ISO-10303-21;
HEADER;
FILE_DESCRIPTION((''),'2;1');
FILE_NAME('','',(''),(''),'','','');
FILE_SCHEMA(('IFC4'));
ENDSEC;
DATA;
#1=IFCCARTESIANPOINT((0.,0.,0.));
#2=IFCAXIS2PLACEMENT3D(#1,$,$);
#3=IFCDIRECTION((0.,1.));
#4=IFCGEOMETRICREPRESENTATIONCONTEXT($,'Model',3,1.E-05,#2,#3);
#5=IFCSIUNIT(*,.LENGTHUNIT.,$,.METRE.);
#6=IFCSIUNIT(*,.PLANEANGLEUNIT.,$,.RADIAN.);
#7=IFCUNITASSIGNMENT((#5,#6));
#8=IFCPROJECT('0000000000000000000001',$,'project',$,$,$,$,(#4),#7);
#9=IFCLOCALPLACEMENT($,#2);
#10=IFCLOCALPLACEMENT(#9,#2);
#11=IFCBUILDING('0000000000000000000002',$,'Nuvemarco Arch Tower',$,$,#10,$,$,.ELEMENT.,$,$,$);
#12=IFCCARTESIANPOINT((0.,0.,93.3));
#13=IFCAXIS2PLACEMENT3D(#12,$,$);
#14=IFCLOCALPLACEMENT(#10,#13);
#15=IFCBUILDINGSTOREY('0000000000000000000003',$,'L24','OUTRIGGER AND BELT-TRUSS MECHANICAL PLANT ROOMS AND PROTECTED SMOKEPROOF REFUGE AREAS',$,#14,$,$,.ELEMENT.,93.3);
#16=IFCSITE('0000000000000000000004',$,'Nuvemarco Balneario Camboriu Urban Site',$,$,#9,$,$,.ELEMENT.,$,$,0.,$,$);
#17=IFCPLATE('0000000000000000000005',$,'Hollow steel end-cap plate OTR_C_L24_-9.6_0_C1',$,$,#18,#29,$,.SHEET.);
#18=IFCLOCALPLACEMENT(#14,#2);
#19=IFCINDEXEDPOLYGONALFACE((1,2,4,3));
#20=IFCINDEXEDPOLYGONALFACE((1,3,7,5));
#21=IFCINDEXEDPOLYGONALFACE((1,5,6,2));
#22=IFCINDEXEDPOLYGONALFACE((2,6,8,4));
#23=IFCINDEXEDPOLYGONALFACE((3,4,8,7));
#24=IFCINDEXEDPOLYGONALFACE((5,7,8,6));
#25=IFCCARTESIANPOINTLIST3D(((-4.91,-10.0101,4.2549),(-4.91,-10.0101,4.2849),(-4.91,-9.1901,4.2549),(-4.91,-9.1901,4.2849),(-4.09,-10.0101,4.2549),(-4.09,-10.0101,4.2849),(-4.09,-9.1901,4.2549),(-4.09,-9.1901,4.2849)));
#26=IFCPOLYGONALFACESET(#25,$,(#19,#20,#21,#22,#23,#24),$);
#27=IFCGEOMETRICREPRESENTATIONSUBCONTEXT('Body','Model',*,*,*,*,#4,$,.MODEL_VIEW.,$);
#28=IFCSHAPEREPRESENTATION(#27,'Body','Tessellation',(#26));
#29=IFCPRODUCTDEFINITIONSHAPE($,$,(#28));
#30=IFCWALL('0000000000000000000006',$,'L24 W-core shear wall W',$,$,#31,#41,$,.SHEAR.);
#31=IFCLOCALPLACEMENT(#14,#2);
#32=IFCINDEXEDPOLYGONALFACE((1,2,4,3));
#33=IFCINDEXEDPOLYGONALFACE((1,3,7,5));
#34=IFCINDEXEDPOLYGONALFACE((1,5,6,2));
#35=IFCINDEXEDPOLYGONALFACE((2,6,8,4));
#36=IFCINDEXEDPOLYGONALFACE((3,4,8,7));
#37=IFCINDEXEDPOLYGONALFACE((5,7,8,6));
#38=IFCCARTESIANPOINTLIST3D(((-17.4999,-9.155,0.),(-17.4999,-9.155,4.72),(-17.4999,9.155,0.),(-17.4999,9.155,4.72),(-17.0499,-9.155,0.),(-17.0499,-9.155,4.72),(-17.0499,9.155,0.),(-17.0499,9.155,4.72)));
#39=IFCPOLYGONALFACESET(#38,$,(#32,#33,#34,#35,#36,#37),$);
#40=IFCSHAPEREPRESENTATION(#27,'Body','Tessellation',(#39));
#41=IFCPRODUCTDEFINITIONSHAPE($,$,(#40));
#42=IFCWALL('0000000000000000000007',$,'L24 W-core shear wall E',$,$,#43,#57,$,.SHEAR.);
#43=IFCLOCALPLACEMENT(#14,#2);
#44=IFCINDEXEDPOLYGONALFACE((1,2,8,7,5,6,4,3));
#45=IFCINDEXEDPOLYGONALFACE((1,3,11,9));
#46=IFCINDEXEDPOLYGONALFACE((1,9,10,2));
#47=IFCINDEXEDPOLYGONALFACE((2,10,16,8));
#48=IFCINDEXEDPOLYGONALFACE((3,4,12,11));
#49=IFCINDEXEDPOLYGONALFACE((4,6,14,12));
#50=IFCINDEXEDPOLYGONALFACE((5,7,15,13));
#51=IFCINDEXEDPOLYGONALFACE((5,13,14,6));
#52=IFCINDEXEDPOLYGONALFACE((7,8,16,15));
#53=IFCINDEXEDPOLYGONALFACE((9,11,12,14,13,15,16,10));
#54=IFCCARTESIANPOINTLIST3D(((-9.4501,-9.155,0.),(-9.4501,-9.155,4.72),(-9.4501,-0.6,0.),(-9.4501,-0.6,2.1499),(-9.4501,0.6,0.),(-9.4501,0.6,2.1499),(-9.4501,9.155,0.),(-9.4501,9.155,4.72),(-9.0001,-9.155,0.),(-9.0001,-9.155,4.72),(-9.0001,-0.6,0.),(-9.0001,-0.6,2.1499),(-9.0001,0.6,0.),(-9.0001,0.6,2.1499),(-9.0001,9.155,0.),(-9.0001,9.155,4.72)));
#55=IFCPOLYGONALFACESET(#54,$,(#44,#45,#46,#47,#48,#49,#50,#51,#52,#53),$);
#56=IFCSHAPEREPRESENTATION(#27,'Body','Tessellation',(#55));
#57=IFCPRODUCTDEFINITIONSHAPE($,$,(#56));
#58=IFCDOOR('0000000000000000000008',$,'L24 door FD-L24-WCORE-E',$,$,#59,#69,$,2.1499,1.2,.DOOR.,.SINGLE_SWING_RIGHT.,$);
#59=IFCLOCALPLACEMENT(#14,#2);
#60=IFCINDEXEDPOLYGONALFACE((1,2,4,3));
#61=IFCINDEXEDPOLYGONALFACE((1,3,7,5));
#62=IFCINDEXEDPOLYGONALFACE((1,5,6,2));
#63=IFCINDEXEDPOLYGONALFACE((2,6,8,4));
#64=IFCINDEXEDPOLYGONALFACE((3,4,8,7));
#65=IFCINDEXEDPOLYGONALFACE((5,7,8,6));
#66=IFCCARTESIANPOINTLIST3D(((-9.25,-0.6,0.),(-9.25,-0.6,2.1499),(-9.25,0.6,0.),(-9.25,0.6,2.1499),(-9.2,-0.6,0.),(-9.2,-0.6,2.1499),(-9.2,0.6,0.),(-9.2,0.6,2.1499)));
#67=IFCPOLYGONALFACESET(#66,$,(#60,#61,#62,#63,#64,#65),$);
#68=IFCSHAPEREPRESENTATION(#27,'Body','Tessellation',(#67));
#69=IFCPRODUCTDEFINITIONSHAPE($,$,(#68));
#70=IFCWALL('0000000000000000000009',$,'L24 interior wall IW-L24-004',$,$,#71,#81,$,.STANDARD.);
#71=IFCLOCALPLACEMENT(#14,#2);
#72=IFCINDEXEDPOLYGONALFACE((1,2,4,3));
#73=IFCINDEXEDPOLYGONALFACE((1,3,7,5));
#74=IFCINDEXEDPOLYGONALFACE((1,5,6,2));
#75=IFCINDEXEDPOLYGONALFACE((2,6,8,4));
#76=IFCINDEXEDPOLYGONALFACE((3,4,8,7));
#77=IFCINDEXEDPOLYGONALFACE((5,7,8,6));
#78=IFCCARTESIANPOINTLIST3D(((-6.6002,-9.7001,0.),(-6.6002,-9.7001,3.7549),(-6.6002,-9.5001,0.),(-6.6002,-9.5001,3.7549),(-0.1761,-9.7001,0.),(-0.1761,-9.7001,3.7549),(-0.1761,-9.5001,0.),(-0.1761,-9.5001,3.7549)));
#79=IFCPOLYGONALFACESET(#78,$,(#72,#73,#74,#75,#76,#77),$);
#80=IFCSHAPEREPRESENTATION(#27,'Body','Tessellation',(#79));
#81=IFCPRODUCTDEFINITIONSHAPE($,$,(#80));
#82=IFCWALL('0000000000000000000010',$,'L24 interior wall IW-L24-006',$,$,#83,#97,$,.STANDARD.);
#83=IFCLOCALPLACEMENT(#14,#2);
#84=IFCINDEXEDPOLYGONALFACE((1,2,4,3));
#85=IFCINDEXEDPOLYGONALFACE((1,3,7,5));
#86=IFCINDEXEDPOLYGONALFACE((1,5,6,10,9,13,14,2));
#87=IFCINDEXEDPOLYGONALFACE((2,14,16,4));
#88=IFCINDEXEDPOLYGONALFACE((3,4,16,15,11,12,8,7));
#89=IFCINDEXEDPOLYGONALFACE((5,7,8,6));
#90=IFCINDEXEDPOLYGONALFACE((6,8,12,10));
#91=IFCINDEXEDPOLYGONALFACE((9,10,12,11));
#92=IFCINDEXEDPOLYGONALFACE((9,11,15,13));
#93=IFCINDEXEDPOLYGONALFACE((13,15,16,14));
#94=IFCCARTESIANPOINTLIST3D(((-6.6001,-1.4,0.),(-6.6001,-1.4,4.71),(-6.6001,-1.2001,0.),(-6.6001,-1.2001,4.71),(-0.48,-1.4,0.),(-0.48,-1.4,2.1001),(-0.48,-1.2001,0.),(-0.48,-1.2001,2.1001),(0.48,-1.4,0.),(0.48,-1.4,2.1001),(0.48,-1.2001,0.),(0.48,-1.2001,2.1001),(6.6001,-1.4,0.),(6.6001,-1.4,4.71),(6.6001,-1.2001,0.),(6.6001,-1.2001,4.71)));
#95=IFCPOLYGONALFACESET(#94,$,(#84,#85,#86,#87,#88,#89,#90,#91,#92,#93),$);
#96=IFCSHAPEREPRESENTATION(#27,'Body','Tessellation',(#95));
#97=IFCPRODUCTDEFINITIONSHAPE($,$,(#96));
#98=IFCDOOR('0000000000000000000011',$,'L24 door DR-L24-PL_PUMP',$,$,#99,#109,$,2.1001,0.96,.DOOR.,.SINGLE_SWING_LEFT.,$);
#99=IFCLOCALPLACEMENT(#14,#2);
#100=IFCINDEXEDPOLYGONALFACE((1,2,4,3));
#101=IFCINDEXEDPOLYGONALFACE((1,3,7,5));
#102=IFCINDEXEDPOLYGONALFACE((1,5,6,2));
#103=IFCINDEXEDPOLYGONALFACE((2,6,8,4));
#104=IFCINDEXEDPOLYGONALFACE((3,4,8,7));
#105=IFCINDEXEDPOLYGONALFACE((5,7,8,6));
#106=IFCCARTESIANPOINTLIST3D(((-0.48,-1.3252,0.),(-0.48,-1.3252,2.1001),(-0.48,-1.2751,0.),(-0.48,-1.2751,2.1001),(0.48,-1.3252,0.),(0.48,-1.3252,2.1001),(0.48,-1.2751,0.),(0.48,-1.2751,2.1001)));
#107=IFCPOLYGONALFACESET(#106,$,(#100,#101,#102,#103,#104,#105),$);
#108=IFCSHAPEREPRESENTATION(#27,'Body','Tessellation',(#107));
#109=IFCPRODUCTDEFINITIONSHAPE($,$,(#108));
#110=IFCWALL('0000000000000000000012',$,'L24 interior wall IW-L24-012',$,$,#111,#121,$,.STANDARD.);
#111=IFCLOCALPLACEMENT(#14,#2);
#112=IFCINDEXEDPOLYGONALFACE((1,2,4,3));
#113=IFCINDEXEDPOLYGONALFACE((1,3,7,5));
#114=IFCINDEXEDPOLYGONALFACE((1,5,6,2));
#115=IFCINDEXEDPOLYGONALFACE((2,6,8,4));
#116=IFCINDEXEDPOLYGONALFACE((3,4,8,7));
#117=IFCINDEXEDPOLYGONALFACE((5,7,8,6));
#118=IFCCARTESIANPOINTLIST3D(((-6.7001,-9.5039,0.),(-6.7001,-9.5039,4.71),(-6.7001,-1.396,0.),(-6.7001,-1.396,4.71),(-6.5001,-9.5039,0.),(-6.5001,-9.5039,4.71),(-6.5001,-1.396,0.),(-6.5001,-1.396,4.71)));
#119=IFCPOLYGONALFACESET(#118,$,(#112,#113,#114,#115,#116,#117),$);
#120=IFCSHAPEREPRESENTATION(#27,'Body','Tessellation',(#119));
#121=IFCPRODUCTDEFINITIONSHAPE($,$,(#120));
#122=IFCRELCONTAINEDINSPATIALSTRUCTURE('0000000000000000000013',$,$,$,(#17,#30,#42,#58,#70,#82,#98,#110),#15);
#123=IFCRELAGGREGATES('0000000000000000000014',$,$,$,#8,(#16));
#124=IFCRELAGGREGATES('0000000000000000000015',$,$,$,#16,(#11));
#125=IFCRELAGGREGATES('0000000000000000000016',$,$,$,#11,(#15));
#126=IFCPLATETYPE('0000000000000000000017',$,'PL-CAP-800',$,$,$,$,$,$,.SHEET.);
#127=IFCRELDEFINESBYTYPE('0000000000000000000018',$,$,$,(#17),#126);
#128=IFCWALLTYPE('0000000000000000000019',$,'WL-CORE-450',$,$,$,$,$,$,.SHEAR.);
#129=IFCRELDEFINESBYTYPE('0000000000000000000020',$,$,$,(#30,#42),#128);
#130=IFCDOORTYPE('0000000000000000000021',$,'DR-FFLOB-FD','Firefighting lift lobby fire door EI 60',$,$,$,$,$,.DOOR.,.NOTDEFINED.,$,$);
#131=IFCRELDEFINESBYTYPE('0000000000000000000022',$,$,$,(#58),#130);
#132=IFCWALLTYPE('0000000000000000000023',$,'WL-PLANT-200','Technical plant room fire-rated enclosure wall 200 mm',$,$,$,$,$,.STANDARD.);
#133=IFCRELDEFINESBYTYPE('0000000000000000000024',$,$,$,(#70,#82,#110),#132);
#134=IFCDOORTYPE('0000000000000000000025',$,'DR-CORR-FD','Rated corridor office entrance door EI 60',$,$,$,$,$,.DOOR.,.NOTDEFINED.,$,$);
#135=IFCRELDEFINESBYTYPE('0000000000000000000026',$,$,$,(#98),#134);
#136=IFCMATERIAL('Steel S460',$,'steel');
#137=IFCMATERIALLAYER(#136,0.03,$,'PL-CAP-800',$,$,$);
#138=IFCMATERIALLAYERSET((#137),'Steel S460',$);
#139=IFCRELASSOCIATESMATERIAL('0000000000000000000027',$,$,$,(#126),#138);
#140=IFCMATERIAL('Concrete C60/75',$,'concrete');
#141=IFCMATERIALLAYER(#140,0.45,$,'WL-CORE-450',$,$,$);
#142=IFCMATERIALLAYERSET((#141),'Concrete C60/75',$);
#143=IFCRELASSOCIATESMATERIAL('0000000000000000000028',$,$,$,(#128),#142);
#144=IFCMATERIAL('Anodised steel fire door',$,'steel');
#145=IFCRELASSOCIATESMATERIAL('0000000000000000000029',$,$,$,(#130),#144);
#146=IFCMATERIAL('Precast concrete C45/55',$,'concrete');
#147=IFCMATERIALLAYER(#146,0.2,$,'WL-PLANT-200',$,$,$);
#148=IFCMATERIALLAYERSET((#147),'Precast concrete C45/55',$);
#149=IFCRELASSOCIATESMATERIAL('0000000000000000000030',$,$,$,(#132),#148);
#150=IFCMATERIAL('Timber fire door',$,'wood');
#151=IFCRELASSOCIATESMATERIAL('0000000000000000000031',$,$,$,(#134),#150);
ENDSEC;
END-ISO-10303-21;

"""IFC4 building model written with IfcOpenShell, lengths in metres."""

from ifc_helpers import new_model, si_unit, direction, frame, frame_2d, origin, origin_2d, place, context, subcontext, project, spatial, rectangle, extrude, source, transform, mapped, material, layer, layer_set, type_object, type_shapes, element, fill, save


model = new_model("IFC4")

# Units and contexts
model_context = context("Model", 3, precision=1e-05, world=origin(), true_north=direction((0.0, 1.0)))
body_context = subcontext(model_context, "Body", "Model", "MODEL_VIEW")
ifc_project = project(units=[si_unit("LENGTHUNIT", "METRE"), si_unit("PLANEANGLEUNIT", "RADIAN")], contexts=[model_context])

# Site, building, storey
site_placement = place(None, origin())
site = spatial("IfcSite", under=ifc_project, at=site_placement, Name="Nuvemarco Balneario Camboriu Urban Site", CompositionType="ELEMENT", RefElevation=0.0)
building_placement = place(site_placement, origin())
building = spatial("IfcBuilding", under=site, at=building_placement, Name="Nuvemarco Arch Tower", CompositionType="ELEMENT")
storey_placement = place(building_placement, frame((0.0, 0.0, 93.3)))
storey = spatial("IfcBuildingStorey", under=building, at=storey_placement, Name="L24", Description="OUTRIGGER AND BELT-TRUSS MECHANICAL PLANT ROOMS AND PROTECTED SMOKEPROOF REFUGE AREAS", CompositionType="ELEMENT", Elevation=93.3)

# Shared definitions
ifc_material_1 = material(Name="Concrete C60/75", Category="concrete")

# Shared definitions
ifc_material_2 = material(Name="Steel S460", Category="steel")

# Plate
ifc_layer_1 = layer(ifc_material_2, 0.03, Name="PL-CAP-800")
ifc_layer_set_1 = layer_set([ifc_layer_1], Name="Steel S460")
plate_type = type_object("IfcPlateType", Name="PL-CAP-800", PredefinedType="SHEET", material=ifc_layer_set_1)
shared_shape_1 = source(origin(), body_context, "Body", "SweptSolid", [
    extrude(rectangle(XDim=0.8201, YDim=0.8201, at=origin_2d()), origin(), (0.0, 0.0, 1.0), 0.03),
])
type_shapes(plate_type, [shared_shape_1])
plate_placement = place(storey_placement, frame((-4.5, -9.6001, 4.2549), z_axis=(0.0, 0.0, 1.0), x_axis=(1.0, 0.0, 0.0)))
element("IfcPlate", 1, at=plate_placement, inside=storey, type_object=plate_type, Name="Hollow steel end-cap plate OTR_C_L24_-9.6_0_C1", PredefinedType="SHEET", context=body_context, shape_type="MappedRepresentation", body=[
    mapped(shared_shape_1, transform((0.0, 0.0, 0.0), scale=1.0)),
])

# Wall
ifc_layer_2 = layer(ifc_material_1, 0.45, Name="WL-CORE-450")
ifc_layer_set_2 = layer_set([ifc_layer_2], Name="Concrete C60/75")
wall_type_1 = type_object("IfcWallType", Name="WL-CORE-450", PredefinedType="SHEAR", material=ifc_layer_set_2)
wall_1_placement = place(storey_placement, frame((-17.2749, -9.155, 0.0), z_axis=(0.0, 0.0, 1.0), x_axis=(0.0, 1.0, 0.0)))
element("IfcWall", 2, at=wall_1_placement, inside=storey, type_object=wall_type_1, Name="L24 W-core shear wall W", PredefinedType="SHEAR", context=body_context, shape_type="SweptSolid", body=[
    extrude(rectangle(XDim=18.3101, YDim=0.45, at=frame_2d((9.155, 0.0))), origin(), (0.0, 0.0, 1.0), 4.72),
])

# Wall, opening, door
wall_2_placement = place(storey_placement, frame((-9.2251, -9.155, 0.0), z_axis=(0.0, 0.0, 1.0), x_axis=(0.0, 1.0, 0.0)))
wall_2 = element("IfcWall", 3, at=wall_2_placement, inside=storey, type_object=wall_type_1, Name="L24 W-core shear wall E", PredefinedType="SHEAR", context=body_context, shape_type="SweptSolid", body=[
    extrude(rectangle(XDim=18.3101, YDim=0.45, at=frame_2d((9.155, 0.0))), origin(), (0.0, 0.0, 1.0), 4.72),
])
opening_1_placement = place(wall_2_placement, frame((8.5549, 0.0, 0.0)))
opening_1 = element("IfcOpeningElement", 4, at=opening_1_placement, cuts=wall_2, PredefinedType="OPENING", context=body_context, shape_type="SweptSolid", body=[
    extrude(rectangle(XDim=1.2, YDim=2.1499, at=frame_2d((0.6001, 1.075))), frame((0.0, 0.2349, 0.0), z_axis=(0.0, -1.0, 0.0), x_axis=(1.0, 0.0, 0.0)), (0.0, 0.0, 1.0), 0.47),
])
ifc_material_3 = material(Name="Anodised steel fire door", Category="steel")
door_type_1 = type_object("IfcDoorType", Name="DR-FFLOB-FD", Description="Firefighting lift lobby fire door EI 60", OperationType="NOTDEFINED", PredefinedType="DOOR", material=ifc_material_3)
shared_shape_2 = source(origin(), body_context, "Body", "SweptSolid", [
    extrude(rectangle(XDim=1.2, YDim=2.1499, at=frame_2d((0.6001, 1.075))), frame((0.0, 0.0249, 0.0), z_axis=(0.0, -1.0, 0.0), x_axis=(1.0, 0.0, 0.0)), (0.0, 0.0, 1.0), 0.05),
])
type_shapes(door_type_1, [shared_shape_2])
door_1_placement = place(opening_1_placement, origin())
door_1 = element("IfcDoor", 5, at=door_1_placement, inside=storey, type_object=door_type_1, Name="L24 door FD-L24-WCORE-E", OperationType="SINGLE_SWING_RIGHT", OverallHeight=2.1499, OverallWidth=1.2, PredefinedType="DOOR", context=body_context, shape_type="MappedRepresentation", body=[
    mapped(shared_shape_2, transform((0.0, 0.0, 0.0), scale=1.0)),
])
fill(opening_1, door_1)

# Wall
ifc_material_4 = material(Name="Precast concrete C45/55", Category="concrete")
ifc_layer_3 = layer(ifc_material_4, 0.2, Name="WL-PLANT-200")
ifc_layer_set_3 = layer_set([ifc_layer_3], Name="Precast concrete C45/55")
wall_type_2 = type_object("IfcWallType", Name="WL-PLANT-200", Description="Technical plant room fire-rated enclosure wall 200 mm", PredefinedType="STANDARD", material=ifc_layer_set_3)
wall_3_placement = place(storey_placement, frame((-6.6001, -9.6001, 0.0), z_axis=(0.0, 0.0, 1.0), x_axis=(1.0, 0.0, 0.0)))
element("IfcWall", 6, at=wall_3_placement, inside=storey, type_object=wall_type_2, Name="L24 interior wall IW-L24-004", PredefinedType="STANDARD", context=body_context, shape_type="SweptSolid", body=[
    extrude(rectangle(XDim=6.4241, YDim=0.2, at=frame_2d((3.2119, 0.0))), origin(), (0.0, 0.0, 1.0), 3.7549),
])

# Wall, opening, door
wall_4_placement = place(storey_placement, frame((-6.6001, -1.3, 0.0), z_axis=(0.0, 0.0, 1.0), x_axis=(1.0, 0.0, 0.0)))
wall_4 = element("IfcWall", 7, at=wall_4_placement, inside=storey, type_object=wall_type_2, Name="L24 interior wall IW-L24-006", PredefinedType="STANDARD", context=body_context, shape_type="SweptSolid", body=[
    extrude(rectangle(XDim=13.2002, YDim=0.2, at=frame_2d((6.6001, 0.0))), origin(), (0.0, 0.0, 1.0), 4.71),
])
opening_2_placement = place(wall_4_placement, frame((6.1201, 0.0, 0.0)))
opening_2 = element("IfcOpeningElement", 8, at=opening_2_placement, cuts=wall_4, PredefinedType="OPENING", context=body_context, shape_type="SweptSolid", body=[
    extrude(rectangle(XDim=0.96, YDim=2.1001, at=frame_2d((0.48, 1.05))), frame((0.0, 0.1099, 0.0), z_axis=(0.0, -1.0, 0.0), x_axis=(1.0, 0.0, 0.0)), (0.0, 0.0, 1.0), 0.22),
])
ifc_material_5 = material(Name="Timber fire door", Category="wood")
door_type_2 = type_object("IfcDoorType", Name="DR-CORR-FD", Description="Rated corridor office entrance door EI 60", OperationType="NOTDEFINED", PredefinedType="DOOR", material=ifc_material_5)
shared_shape_3 = source(origin(), body_context, "Body", "SweptSolid", [
    extrude(rectangle(XDim=0.96, YDim=2.1001, at=frame_2d((0.48, 1.05))), frame((0.0, 0.0249, 0.0), z_axis=(0.0, -1.0, 0.0), x_axis=(1.0, 0.0, 0.0)), (0.0, 0.0, 1.0), 0.05),
])
type_shapes(door_type_2, [shared_shape_3])
door_2_placement = place(opening_2_placement, origin())
door_2 = element("IfcDoor", 9, at=door_2_placement, inside=storey, type_object=door_type_2, Name="L24 door DR-L24-PL_PUMP", OperationType="SINGLE_SWING_LEFT", OverallHeight=2.1001, OverallWidth=0.96, PredefinedType="DOOR", context=body_context, shape_type="MappedRepresentation", body=[
    mapped(shared_shape_3, transform((0.0, 0.0, 0.0), scale=1.0)),
])
fill(opening_2, door_2)

# Wall
wall_5_placement = place(storey_placement, frame((-6.6001, -9.5039, 0.0), z_axis=(0.0, 0.0, 1.0), x_axis=(0.0, 1.0, 0.0)))
element("IfcWall", 10, at=wall_5_placement, inside=storey, type_object=wall_type_2, Name="L24 interior wall IW-L24-012", PredefinedType="STANDARD", context=body_context, shape_type="SweptSolid", body=[
    extrude(rectangle(XDim=8.1079, YDim=0.2, at=frame_2d((4.054, 0.0))), origin(), (0.0, 0.0, 1.0), 4.71),
])

save(model, "model.ifc")
